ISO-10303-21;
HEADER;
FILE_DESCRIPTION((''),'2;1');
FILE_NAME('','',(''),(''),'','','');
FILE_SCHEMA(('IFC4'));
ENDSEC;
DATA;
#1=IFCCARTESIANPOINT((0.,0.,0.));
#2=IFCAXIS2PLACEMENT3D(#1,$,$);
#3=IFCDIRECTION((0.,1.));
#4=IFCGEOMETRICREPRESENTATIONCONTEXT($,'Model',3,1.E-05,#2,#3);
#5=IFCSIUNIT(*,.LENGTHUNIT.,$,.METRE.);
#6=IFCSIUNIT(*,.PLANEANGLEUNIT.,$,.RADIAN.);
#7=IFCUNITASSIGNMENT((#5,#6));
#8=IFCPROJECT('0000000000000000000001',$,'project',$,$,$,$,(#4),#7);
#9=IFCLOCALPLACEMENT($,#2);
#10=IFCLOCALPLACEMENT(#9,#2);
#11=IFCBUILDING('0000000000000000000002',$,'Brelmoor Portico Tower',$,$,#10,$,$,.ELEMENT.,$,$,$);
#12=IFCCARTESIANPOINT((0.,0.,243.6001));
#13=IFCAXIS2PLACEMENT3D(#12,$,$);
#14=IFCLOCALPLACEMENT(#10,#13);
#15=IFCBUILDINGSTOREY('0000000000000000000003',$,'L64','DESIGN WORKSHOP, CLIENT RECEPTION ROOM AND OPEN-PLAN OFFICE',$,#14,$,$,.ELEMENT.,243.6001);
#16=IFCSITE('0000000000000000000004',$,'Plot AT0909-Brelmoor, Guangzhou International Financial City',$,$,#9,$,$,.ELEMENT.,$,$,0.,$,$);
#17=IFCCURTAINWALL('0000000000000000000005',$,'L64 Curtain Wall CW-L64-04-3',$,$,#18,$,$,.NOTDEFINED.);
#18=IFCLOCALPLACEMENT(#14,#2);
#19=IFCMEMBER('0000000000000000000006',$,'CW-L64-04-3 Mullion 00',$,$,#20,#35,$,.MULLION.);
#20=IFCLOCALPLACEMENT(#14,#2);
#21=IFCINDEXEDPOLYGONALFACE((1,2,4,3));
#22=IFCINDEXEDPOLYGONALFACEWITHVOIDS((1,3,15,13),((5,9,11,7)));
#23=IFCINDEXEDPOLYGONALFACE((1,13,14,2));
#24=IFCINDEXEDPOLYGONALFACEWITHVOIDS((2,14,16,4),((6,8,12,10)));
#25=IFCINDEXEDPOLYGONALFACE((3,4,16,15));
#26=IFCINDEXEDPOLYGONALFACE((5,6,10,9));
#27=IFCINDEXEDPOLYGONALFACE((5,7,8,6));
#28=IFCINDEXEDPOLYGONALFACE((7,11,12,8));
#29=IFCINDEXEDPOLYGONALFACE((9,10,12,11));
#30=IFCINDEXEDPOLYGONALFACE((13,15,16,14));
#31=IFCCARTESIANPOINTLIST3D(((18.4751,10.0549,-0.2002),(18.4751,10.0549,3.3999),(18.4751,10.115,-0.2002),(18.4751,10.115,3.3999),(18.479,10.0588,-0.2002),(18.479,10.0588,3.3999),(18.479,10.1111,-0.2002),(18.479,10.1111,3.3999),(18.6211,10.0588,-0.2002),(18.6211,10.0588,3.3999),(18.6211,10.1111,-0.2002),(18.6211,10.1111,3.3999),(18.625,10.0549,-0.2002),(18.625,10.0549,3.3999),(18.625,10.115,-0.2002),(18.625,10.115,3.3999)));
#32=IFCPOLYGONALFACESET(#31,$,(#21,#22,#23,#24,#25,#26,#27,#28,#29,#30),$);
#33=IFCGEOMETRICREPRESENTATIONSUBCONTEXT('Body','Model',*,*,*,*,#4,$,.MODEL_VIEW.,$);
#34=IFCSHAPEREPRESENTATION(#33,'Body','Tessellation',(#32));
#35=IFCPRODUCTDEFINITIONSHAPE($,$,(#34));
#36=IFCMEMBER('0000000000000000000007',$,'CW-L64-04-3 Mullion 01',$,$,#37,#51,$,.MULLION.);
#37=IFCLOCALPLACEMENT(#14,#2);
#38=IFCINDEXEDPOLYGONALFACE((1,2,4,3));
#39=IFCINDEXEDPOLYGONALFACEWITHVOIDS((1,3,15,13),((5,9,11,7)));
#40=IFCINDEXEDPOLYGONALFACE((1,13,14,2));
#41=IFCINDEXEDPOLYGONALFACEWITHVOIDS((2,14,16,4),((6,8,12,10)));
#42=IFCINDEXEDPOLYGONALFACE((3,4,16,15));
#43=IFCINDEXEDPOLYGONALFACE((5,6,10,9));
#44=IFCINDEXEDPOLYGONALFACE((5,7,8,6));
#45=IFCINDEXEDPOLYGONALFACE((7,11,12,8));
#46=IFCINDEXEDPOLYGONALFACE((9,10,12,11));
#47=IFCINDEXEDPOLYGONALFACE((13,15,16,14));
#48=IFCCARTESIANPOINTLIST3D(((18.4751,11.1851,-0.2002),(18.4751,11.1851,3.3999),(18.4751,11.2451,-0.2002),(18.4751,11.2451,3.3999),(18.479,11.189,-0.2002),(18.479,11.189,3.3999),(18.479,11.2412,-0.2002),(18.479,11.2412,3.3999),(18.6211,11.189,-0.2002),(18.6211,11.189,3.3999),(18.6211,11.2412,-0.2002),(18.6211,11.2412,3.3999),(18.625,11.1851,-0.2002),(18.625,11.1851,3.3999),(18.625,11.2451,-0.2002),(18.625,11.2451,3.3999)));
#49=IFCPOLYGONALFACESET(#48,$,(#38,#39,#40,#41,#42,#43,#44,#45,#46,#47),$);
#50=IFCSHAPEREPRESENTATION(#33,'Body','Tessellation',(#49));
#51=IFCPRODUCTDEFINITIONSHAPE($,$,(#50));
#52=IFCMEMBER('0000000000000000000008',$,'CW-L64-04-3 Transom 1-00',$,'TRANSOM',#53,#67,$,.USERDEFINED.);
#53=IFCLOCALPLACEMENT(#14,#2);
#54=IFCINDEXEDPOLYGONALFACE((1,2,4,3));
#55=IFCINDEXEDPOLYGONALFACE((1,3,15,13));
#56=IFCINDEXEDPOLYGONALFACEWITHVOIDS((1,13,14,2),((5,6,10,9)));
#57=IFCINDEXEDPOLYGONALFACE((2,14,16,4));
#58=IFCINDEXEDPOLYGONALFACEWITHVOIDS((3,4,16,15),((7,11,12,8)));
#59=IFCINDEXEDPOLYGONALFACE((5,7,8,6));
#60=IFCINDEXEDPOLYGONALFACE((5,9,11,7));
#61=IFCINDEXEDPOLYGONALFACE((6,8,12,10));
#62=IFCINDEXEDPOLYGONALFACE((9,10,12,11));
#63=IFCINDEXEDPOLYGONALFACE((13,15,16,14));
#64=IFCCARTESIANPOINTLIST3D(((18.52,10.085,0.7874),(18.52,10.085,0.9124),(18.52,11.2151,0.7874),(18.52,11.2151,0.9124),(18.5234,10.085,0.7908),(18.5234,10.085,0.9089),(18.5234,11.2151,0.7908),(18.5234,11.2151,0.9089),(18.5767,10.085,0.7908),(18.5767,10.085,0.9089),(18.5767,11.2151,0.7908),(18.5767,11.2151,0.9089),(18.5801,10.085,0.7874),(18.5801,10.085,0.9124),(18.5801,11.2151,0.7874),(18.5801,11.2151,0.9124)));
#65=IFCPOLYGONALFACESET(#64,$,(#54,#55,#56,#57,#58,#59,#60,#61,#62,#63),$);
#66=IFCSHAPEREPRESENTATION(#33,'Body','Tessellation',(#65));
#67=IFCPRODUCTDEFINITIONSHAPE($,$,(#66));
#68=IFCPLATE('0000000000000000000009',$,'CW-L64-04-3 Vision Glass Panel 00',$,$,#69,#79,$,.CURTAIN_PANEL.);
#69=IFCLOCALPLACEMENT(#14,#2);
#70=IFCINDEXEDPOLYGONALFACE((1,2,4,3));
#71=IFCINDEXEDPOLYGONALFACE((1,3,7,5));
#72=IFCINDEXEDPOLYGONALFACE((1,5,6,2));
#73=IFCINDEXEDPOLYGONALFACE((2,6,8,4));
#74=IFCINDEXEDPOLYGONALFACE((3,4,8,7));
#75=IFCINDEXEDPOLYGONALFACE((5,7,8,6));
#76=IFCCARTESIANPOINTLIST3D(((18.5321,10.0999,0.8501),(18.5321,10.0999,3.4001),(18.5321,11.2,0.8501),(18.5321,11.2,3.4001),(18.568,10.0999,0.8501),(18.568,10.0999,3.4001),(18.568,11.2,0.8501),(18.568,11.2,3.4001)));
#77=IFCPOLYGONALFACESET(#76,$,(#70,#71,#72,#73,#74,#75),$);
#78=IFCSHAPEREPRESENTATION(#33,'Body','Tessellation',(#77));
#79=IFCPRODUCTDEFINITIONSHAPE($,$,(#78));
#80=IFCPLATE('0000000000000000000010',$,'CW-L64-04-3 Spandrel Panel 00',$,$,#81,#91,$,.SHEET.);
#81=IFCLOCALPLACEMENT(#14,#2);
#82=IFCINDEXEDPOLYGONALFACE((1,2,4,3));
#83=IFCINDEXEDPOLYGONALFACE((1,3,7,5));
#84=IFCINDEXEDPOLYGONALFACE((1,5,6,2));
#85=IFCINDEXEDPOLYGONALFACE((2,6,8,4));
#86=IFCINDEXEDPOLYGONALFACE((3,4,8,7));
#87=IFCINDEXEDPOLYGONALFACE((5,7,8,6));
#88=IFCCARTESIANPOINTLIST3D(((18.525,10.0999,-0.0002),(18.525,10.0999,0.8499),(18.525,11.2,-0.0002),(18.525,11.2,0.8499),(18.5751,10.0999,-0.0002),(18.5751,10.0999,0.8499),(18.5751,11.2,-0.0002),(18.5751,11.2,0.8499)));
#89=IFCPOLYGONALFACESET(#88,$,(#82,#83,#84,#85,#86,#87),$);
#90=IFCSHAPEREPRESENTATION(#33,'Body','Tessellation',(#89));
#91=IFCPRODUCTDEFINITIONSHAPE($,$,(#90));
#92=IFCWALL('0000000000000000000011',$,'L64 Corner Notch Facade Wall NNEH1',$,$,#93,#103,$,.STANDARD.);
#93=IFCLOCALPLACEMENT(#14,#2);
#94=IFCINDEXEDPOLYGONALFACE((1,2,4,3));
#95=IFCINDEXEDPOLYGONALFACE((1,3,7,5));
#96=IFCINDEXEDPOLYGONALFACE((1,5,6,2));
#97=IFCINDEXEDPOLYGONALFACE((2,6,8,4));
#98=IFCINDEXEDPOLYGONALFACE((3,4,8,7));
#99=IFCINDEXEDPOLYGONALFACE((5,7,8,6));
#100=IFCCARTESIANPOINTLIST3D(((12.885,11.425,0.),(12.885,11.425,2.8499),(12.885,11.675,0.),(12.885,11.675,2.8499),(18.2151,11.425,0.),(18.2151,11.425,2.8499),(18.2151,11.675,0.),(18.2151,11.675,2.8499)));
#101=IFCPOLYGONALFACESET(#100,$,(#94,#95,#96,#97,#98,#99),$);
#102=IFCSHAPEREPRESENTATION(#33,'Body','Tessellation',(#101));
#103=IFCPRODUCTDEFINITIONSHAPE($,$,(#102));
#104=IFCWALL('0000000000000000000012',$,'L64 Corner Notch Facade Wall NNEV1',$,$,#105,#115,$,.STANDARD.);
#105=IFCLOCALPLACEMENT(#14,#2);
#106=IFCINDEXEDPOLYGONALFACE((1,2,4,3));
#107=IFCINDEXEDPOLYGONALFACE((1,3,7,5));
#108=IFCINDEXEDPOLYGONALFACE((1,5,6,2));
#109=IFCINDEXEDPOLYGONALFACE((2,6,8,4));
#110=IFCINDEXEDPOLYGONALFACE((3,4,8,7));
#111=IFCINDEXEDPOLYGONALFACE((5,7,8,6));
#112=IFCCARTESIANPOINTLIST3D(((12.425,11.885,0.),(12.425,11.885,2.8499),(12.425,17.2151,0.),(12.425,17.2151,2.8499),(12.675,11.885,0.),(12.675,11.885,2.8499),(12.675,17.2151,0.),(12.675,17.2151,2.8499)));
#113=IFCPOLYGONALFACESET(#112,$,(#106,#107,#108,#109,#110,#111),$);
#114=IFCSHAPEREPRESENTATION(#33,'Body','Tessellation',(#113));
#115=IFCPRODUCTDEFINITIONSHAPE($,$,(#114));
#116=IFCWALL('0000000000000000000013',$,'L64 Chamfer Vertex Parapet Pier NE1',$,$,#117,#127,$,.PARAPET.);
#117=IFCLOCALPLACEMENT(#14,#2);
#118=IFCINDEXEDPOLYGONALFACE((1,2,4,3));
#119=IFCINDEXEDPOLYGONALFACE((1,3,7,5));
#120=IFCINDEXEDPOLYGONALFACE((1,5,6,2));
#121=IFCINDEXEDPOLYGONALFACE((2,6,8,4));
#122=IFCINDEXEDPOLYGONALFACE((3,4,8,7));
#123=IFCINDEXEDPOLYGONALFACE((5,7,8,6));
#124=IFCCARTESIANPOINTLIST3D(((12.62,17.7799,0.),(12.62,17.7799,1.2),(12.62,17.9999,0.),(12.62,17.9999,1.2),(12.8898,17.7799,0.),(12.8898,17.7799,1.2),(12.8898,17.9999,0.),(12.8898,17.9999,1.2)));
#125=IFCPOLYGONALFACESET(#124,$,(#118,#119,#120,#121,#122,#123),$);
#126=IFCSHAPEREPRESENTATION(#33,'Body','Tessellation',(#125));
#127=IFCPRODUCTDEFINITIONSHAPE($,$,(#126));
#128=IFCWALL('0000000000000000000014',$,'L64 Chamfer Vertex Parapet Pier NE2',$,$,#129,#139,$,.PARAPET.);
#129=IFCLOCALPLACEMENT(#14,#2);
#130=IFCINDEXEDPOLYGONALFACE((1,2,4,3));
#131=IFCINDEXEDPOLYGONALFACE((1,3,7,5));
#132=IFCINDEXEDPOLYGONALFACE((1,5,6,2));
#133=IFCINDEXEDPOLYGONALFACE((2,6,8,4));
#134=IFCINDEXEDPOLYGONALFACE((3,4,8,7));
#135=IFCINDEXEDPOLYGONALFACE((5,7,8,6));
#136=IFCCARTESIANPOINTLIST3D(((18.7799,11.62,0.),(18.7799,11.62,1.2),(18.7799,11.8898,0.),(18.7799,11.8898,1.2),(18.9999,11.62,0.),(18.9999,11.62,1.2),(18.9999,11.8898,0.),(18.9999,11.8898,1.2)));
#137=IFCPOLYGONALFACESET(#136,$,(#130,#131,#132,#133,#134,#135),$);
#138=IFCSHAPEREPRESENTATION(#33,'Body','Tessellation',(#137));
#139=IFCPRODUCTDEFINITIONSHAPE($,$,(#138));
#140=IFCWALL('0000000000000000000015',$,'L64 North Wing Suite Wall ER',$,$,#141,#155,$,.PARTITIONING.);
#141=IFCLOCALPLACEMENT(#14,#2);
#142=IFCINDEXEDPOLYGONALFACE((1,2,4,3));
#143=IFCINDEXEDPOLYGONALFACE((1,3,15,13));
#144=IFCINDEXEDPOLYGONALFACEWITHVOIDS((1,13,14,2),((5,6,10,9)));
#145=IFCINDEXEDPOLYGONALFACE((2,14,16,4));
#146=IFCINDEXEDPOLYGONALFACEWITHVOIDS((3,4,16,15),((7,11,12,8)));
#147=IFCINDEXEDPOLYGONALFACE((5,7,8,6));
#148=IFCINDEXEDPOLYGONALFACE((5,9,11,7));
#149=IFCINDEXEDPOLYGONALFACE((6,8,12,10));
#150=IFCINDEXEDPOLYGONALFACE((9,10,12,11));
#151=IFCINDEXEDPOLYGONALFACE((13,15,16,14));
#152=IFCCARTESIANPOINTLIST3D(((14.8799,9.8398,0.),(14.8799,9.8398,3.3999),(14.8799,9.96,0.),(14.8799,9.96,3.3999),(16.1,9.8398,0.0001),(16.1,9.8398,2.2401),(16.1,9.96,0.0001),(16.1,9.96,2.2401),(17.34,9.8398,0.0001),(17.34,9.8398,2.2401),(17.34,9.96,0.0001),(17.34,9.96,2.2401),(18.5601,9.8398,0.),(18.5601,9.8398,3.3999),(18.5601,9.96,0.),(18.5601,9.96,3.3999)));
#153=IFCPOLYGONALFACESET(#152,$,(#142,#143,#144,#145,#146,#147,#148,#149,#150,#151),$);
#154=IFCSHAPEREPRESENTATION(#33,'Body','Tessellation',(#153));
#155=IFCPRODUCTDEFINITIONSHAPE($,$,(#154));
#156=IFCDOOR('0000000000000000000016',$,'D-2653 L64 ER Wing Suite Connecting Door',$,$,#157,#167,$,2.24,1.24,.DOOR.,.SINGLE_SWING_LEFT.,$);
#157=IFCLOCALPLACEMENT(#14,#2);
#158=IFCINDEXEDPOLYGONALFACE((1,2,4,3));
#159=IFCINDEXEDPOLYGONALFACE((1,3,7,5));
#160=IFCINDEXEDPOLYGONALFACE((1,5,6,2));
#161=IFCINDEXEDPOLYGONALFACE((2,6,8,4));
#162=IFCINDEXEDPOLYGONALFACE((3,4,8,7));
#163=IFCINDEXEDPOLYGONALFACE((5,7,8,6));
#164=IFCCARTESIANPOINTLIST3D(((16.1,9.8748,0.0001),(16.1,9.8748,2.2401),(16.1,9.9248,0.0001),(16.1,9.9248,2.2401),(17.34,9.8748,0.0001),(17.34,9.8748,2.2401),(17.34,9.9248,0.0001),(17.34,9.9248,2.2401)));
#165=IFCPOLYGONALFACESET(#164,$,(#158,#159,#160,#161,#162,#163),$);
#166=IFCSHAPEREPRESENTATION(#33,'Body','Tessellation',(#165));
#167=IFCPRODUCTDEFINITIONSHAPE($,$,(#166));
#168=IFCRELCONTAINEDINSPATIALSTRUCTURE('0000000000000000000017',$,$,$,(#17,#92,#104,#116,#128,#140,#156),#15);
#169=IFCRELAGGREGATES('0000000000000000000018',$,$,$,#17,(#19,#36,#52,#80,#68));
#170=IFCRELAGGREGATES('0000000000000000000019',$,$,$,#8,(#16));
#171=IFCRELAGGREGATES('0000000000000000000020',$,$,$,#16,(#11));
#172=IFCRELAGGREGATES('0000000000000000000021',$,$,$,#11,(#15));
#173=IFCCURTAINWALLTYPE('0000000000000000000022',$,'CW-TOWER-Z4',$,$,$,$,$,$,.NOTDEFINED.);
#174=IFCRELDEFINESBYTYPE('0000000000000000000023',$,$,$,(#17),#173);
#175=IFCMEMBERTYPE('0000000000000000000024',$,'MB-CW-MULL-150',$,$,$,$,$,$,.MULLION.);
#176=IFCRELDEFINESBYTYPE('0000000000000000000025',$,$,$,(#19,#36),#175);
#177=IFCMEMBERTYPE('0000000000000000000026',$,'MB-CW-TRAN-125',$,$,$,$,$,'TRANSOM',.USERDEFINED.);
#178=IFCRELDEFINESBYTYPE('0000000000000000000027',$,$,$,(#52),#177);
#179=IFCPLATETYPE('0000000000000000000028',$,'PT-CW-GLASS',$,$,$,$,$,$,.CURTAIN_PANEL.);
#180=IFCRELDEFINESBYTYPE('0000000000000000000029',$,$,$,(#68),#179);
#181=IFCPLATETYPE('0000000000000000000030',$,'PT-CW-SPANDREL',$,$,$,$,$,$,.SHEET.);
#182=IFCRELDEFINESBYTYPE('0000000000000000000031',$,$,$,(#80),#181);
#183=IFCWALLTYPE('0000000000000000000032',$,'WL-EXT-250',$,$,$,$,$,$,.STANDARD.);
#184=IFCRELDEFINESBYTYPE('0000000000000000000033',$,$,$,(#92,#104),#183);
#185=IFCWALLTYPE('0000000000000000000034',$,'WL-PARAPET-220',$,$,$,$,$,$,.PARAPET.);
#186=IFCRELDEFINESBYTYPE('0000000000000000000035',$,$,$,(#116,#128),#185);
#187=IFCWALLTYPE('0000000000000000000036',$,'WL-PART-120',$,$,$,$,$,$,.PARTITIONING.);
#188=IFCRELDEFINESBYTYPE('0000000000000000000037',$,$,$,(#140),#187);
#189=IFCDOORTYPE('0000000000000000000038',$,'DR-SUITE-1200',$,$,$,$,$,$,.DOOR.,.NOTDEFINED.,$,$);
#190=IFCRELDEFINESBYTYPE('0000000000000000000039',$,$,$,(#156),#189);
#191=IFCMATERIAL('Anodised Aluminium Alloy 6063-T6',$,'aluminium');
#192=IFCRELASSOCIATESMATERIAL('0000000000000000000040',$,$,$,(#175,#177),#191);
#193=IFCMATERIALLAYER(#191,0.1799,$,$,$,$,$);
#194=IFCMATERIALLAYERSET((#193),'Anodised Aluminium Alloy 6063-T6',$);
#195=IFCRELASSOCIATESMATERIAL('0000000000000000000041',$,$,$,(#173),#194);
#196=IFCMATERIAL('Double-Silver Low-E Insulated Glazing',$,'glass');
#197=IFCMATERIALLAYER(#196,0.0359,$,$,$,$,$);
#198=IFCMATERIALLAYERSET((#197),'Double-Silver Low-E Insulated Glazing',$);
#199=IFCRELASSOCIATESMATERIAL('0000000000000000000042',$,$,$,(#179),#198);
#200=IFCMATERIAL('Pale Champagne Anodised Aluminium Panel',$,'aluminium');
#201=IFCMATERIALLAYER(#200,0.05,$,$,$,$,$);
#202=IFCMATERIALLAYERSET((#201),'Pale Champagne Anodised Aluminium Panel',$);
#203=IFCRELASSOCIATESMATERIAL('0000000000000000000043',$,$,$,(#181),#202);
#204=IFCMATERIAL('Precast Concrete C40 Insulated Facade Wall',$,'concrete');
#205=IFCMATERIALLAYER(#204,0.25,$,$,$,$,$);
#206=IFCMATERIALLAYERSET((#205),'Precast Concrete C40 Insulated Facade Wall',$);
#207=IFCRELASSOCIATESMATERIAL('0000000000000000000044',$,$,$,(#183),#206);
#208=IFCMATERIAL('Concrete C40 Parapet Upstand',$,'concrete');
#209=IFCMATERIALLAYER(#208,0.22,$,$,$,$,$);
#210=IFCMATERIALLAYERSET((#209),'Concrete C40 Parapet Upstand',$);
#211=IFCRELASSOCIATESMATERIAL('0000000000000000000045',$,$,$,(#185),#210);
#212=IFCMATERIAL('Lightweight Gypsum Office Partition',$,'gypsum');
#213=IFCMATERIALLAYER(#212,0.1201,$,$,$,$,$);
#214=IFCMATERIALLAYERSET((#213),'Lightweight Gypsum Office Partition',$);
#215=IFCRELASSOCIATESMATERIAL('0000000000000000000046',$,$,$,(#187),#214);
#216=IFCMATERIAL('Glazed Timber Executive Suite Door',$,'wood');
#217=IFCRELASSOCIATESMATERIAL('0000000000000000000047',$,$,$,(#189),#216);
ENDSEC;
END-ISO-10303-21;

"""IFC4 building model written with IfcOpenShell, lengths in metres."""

from ifc_helpers import new_model, si_unit, direction, frame, frame_2d, origin, origin_2d, place, context, subcontext, project, spatial, rectangle, hollow_rectangle, extrude, material, layer, layer_set, material_profile, profile_set, type_object, element, fill, aggregate, save


model = new_model("IFC4")

# Units and contexts
model_context = context("Model", 3, precision=1e-05, world=origin(), true_north=direction((0.0, 1.0)))
body_context = subcontext(model_context, "Body", "Model", "MODEL_VIEW")
ifc_project = project(units=[si_unit("LENGTHUNIT", "METRE"), si_unit("PLANEANGLEUNIT", "RADIAN")], contexts=[model_context])

# Site, building, storey
site_placement = place(None, origin())
site = spatial("IfcSite", under=ifc_project, at=site_placement, Name="Plot AT0909-Brelmoor, Guangzhou International Financial City", CompositionType="ELEMENT", RefElevation=0.0)
building_placement = place(site_placement, origin())
building = spatial("IfcBuilding", under=site, at=building_placement, Name="Brelmoor Portico Tower", CompositionType="ELEMENT")
storey_placement = place(building_placement, frame((0.0, 0.0, 243.6001)))
storey = spatial("IfcBuildingStorey", under=building, at=storey_placement, Name="L64", Description="DESIGN WORKSHOP, CLIENT RECEPTION ROOM AND OPEN-PLAN OFFICE", CompositionType="ELEMENT", Elevation=243.6001)

# Shared definitions
ifc_material_1 = material(Name="Anodised Aluminium Alloy 6063-T6", Category="aluminium")
ifc_material_profile_1 = material_profile(ifc_material_1, hollow_rectangle(XDim=0.0601, YDim=0.1499, WallThickness=0.0039, at=origin_2d()), Name="ALU MULLION 60x150")
ifc_profile_set_1 = profile_set([ifc_material_profile_1], Name="Anodised Aluminium Alloy 6063-T6")
member_type_1 = type_object("IfcMemberType", Name="MB-CW-MULL-150", PredefinedType="MULLION", material=ifc_profile_set_1)

# Curtain wall, members, plates
ifc_layer_1 = layer(ifc_material_1, 0.1799)
ifc_layer_set_1 = layer_set([ifc_layer_1], Name="Anodised Aluminium Alloy 6063-T6")
curtain_wall_type_1 = type_object("IfcCurtainWallType", Name="CW-TOWER-Z4", PredefinedType="NOTDEFINED", material=ifc_layer_set_1)
curtain_wall_1_placement = place(storey_placement, origin())
curtain_wall_1 = element("IfcCurtainWall", 1, at=curtain_wall_1_placement, inside=storey, type_object=curtain_wall_type_1, Name="L64 Curtain Wall CW-L64-04-3", PredefinedType="NOTDEFINED")
member_1_placement = place(storey_placement, frame((18.55, 10.085, -0.2002), z_axis=(0.0, 0.0, 1.0), x_axis=(0.0, 1.0, 0.0)))
member_1 = element("IfcMember", 2, at=member_1_placement, type_object=member_type_1, Name="CW-L64-04-3 Mullion 00", PredefinedType="MULLION", context=body_context, shape_type="SweptSolid", body=[
    extrude(hollow_rectangle(XDim=0.0601, YDim=0.1499, WallThickness=0.0039, at=origin_2d()), origin(), (0.0, 0.0, 1.0), 3.6001),
])
member_2_placement = place(storey_placement, frame((18.55, 11.2151, -0.2002), z_axis=(0.0, 0.0, 1.0), x_axis=(0.0, 1.0, 0.0)))
member_2 = element("IfcMember", 3, at=member_2_placement, type_object=member_type_1, Name="CW-L64-04-3 Mullion 01", PredefinedType="MULLION", context=body_context, shape_type="SweptSolid", body=[
    extrude(hollow_rectangle(XDim=0.0601, YDim=0.1499, WallThickness=0.0039, at=origin_2d()), origin(), (0.0, 0.0, 1.0), 3.6001),
])
ifc_material_profile_2 = material_profile(ifc_material_1, hollow_rectangle(XDim=0.0601, YDim=0.125, WallThickness=0.0034, at=origin_2d()), Name="ALU TRANSOM 60x125")
ifc_profile_set_2 = profile_set([ifc_material_profile_2], Name="Anodised Aluminium Alloy 6063-T6")
member_type_2 = type_object("IfcMemberType", Name="MB-CW-TRAN-125", ElementType="TRANSOM", PredefinedType="USERDEFINED", material=ifc_profile_set_2)
member_3_placement = place(storey_placement, frame((18.55, 10.085, 0.8499), z_axis=(0.0, 1.0, 0.0), x_axis=(-1.0, 0.0, 0.0)))
member_3 = element("IfcMember", 4, at=member_3_placement, type_object=member_type_2, Name="CW-L64-04-3 Transom 1-00", ObjectType="TRANSOM", PredefinedType="USERDEFINED", context=body_context, shape_type="SweptSolid", body=[
    extrude(hollow_rectangle(XDim=0.0601, YDim=0.125, WallThickness=0.0034, at=origin_2d()), origin(), (0.0, 0.0, 1.0), 1.1301),
])
ifc_material_2 = material(Name="Double-Silver Low-E Insulated Glazing", Category="glass")
ifc_layer_2 = layer(ifc_material_2, 0.0359)
ifc_layer_set_2 = layer_set([ifc_layer_2], Name="Double-Silver Low-E Insulated Glazing")
plate_type_1 = type_object("IfcPlateType", Name="PT-CW-GLASS", PredefinedType="CURTAIN_PANEL", material=ifc_layer_set_2)
plate_1_placement = place(storey_placement, frame((18.55, 10.6499, 0.8501), z_axis=(0.0, 0.0, 1.0), x_axis=(0.0, 1.0, 0.0)))
plate_1 = element("IfcPlate", 5, at=plate_1_placement, type_object=plate_type_1, Name="CW-L64-04-3 Vision Glass Panel 00", PredefinedType="CURTAIN_PANEL", context=body_context, shape_type="SweptSolid", body=[
    extrude(rectangle(XDim=1.1001, YDim=0.0359, at=origin_2d()), origin(), (0.0, 0.0, 1.0), 2.55),
])
ifc_material_3 = material(Name="Pale Champagne Anodised Aluminium Panel", Category="aluminium")
ifc_layer_3 = layer(ifc_material_3, 0.05)
ifc_layer_set_3 = layer_set([ifc_layer_3], Name="Pale Champagne Anodised Aluminium Panel")
plate_type_2 = type_object("IfcPlateType", Name="PT-CW-SPANDREL", PredefinedType="SHEET", material=ifc_layer_set_3)
plate_2_placement = place(storey_placement, frame((18.55, 10.6499, -0.0002), z_axis=(0.0, 0.0, 1.0), x_axis=(0.0, 1.0, 0.0)))
plate_2 = element("IfcPlate", 6, at=plate_2_placement, type_object=plate_type_2, Name="CW-L64-04-3 Spandrel Panel 00", PredefinedType="SHEET", context=body_context, shape_type="SweptSolid", body=[
    extrude(rectangle(XDim=1.1001, YDim=0.05, at=origin_2d()), origin(), (0.0, 0.0, 1.0), 0.8501),
])
aggregate(curtain_wall_1, [member_1, member_2, member_3, plate_2, plate_1])

# Walls
ifc_material_4 = material(Name="Precast Concrete C40 Insulated Facade Wall", Category="concrete")
ifc_layer_4 = layer(ifc_material_4, 0.25)
ifc_layer_set_4 = layer_set([ifc_layer_4], Name="Precast Concrete C40 Insulated Facade Wall")
wall_type_1 = type_object("IfcWallType", Name="WL-EXT-250", PredefinedType="STANDARD", material=ifc_layer_set_4)
for number, where, z_axis, x_axis, name in (
    (7, (12.885, 11.55, 0.0), (0.0, 0.0, 1.0), (1.0, 0.0, 0.0), "L64 Corner Notch Facade Wall NNEH1"),
    (8, (12.55, 11.885, 0.0), (0.0, 0.0, 1.0), (0.0, 1.0, 0.0), "L64 Corner Notch Facade Wall NNEV1"),
):
    element("IfcWall", number, at=place(storey_placement, frame(where, z_axis=z_axis, x_axis=x_axis)), inside=storey, type_object=wall_type_1, Name=name, PredefinedType="STANDARD", context=body_context, shape_type="SweptSolid", body=[
        extrude(rectangle(XDim=5.3301, YDim=0.25, at=frame_2d((2.665, 0.0))), origin(), (0.0, 0.0, 1.0), 2.8499),
    ])
ifc_material_5 = material(Name="Concrete C40 Parapet Upstand", Category="concrete")
ifc_layer_5 = layer(ifc_material_5, 0.22)
ifc_layer_set_5 = layer_set([ifc_layer_5], Name="Concrete C40 Parapet Upstand")
wall_type_2 = type_object("IfcWallType", Name="WL-PARAPET-220", PredefinedType="PARAPET", material=ifc_layer_set_5)
for number, where, z_axis, x_axis, name in (
    (9, (12.6201, 17.8899, 0.0), (0.0, 0.0, 1.0), (1.0, 0.0, 0.0), "L64 Chamfer Vertex Parapet Pier NE1"),
    (10, (18.8899, 11.6201, 0.0), (0.0, 0.0, 1.0), (0.0, 1.0, 0.0), "L64 Chamfer Vertex Parapet Pier NE2"),
):
    element("IfcWall", number, at=place(storey_placement, frame(where, z_axis=z_axis, x_axis=x_axis)), inside=storey, type_object=wall_type_2, Name=name, PredefinedType="PARAPET", context=body_context, shape_type="SweptSolid", body=[
        extrude(rectangle(XDim=0.2698, YDim=0.22, at=frame_2d((0.1348, 0.0))), origin(), (0.0, 0.0, 1.0), 1.2),
    ])

# Wall, opening, door
ifc_material_6 = material(Name="Lightweight Gypsum Office Partition", Category="gypsum")
ifc_layer_6 = layer(ifc_material_6, 0.1201)
ifc_layer_set_6 = layer_set([ifc_layer_6], Name="Lightweight Gypsum Office Partition")
wall_type_3 = type_object("IfcWallType", Name="WL-PART-120", PredefinedType="PARTITIONING", material=ifc_layer_set_6)
wall_placement = place(storey_placement, frame((14.8799, 9.8999, 0.0), z_axis=(0.0, 0.0, 1.0), x_axis=(1.0, 0.0, 0.0)))
wall = element("IfcWall", 11, at=wall_placement, inside=storey, type_object=wall_type_3, Name="L64 North Wing Suite Wall ER", PredefinedType="PARTITIONING", context=body_context, shape_type="SweptSolid", body=[
    extrude(rectangle(XDim=3.6802, YDim=0.1201, at=frame_2d((1.8401, 0.0))), origin(), (0.0, 0.0, 1.0), 3.3999),
])
opening_placement = place(wall_placement, frame((1.22, 0.0, 0.0)))
opening = element("IfcOpeningElement", 12, at=opening_placement, cuts=wall, PredefinedType="OPENING", context=body_context, shape_type="SweptSolid", body=[
    extrude(rectangle(XDim=1.24, YDim=2.24, at=frame_2d((0.6201, 1.1201))), frame((0.0, 0.0701, 0.0), z_axis=(0.0, -1.0, 0.0), x_axis=(1.0, 0.0, 0.0)), (0.0, 0.0, 1.0), 0.1401),
])
ifc_material_7 = material(Name="Glazed Timber Executive Suite Door", Category="wood")
door_type = type_object("IfcDoorType", Name="DR-SUITE-1200", OperationType="NOTDEFINED", PredefinedType="DOOR", material=ifc_material_7)
door_placement = place(opening_placement, origin())
door = element("IfcDoor", 13, at=door_placement, inside=storey, type_object=door_type, Name="D-2653 L64 ER Wing Suite Connecting Door", OperationType="SINGLE_SWING_LEFT", OverallHeight=2.24, OverallWidth=1.24, PredefinedType="DOOR", context=body_context, shape_type="SweptSolid", body=[
    extrude(rectangle(XDim=1.24, YDim=2.24, at=frame_2d((0.6201, 1.1201))), frame((0.0, 0.0249, 0.0), z_axis=(0.0, -1.0, 0.0), x_axis=(1.0, 0.0, 0.0)), (0.0, 0.0, 1.0), 0.05),
])
fill(opening, door)

save(model, "model.ifc")
